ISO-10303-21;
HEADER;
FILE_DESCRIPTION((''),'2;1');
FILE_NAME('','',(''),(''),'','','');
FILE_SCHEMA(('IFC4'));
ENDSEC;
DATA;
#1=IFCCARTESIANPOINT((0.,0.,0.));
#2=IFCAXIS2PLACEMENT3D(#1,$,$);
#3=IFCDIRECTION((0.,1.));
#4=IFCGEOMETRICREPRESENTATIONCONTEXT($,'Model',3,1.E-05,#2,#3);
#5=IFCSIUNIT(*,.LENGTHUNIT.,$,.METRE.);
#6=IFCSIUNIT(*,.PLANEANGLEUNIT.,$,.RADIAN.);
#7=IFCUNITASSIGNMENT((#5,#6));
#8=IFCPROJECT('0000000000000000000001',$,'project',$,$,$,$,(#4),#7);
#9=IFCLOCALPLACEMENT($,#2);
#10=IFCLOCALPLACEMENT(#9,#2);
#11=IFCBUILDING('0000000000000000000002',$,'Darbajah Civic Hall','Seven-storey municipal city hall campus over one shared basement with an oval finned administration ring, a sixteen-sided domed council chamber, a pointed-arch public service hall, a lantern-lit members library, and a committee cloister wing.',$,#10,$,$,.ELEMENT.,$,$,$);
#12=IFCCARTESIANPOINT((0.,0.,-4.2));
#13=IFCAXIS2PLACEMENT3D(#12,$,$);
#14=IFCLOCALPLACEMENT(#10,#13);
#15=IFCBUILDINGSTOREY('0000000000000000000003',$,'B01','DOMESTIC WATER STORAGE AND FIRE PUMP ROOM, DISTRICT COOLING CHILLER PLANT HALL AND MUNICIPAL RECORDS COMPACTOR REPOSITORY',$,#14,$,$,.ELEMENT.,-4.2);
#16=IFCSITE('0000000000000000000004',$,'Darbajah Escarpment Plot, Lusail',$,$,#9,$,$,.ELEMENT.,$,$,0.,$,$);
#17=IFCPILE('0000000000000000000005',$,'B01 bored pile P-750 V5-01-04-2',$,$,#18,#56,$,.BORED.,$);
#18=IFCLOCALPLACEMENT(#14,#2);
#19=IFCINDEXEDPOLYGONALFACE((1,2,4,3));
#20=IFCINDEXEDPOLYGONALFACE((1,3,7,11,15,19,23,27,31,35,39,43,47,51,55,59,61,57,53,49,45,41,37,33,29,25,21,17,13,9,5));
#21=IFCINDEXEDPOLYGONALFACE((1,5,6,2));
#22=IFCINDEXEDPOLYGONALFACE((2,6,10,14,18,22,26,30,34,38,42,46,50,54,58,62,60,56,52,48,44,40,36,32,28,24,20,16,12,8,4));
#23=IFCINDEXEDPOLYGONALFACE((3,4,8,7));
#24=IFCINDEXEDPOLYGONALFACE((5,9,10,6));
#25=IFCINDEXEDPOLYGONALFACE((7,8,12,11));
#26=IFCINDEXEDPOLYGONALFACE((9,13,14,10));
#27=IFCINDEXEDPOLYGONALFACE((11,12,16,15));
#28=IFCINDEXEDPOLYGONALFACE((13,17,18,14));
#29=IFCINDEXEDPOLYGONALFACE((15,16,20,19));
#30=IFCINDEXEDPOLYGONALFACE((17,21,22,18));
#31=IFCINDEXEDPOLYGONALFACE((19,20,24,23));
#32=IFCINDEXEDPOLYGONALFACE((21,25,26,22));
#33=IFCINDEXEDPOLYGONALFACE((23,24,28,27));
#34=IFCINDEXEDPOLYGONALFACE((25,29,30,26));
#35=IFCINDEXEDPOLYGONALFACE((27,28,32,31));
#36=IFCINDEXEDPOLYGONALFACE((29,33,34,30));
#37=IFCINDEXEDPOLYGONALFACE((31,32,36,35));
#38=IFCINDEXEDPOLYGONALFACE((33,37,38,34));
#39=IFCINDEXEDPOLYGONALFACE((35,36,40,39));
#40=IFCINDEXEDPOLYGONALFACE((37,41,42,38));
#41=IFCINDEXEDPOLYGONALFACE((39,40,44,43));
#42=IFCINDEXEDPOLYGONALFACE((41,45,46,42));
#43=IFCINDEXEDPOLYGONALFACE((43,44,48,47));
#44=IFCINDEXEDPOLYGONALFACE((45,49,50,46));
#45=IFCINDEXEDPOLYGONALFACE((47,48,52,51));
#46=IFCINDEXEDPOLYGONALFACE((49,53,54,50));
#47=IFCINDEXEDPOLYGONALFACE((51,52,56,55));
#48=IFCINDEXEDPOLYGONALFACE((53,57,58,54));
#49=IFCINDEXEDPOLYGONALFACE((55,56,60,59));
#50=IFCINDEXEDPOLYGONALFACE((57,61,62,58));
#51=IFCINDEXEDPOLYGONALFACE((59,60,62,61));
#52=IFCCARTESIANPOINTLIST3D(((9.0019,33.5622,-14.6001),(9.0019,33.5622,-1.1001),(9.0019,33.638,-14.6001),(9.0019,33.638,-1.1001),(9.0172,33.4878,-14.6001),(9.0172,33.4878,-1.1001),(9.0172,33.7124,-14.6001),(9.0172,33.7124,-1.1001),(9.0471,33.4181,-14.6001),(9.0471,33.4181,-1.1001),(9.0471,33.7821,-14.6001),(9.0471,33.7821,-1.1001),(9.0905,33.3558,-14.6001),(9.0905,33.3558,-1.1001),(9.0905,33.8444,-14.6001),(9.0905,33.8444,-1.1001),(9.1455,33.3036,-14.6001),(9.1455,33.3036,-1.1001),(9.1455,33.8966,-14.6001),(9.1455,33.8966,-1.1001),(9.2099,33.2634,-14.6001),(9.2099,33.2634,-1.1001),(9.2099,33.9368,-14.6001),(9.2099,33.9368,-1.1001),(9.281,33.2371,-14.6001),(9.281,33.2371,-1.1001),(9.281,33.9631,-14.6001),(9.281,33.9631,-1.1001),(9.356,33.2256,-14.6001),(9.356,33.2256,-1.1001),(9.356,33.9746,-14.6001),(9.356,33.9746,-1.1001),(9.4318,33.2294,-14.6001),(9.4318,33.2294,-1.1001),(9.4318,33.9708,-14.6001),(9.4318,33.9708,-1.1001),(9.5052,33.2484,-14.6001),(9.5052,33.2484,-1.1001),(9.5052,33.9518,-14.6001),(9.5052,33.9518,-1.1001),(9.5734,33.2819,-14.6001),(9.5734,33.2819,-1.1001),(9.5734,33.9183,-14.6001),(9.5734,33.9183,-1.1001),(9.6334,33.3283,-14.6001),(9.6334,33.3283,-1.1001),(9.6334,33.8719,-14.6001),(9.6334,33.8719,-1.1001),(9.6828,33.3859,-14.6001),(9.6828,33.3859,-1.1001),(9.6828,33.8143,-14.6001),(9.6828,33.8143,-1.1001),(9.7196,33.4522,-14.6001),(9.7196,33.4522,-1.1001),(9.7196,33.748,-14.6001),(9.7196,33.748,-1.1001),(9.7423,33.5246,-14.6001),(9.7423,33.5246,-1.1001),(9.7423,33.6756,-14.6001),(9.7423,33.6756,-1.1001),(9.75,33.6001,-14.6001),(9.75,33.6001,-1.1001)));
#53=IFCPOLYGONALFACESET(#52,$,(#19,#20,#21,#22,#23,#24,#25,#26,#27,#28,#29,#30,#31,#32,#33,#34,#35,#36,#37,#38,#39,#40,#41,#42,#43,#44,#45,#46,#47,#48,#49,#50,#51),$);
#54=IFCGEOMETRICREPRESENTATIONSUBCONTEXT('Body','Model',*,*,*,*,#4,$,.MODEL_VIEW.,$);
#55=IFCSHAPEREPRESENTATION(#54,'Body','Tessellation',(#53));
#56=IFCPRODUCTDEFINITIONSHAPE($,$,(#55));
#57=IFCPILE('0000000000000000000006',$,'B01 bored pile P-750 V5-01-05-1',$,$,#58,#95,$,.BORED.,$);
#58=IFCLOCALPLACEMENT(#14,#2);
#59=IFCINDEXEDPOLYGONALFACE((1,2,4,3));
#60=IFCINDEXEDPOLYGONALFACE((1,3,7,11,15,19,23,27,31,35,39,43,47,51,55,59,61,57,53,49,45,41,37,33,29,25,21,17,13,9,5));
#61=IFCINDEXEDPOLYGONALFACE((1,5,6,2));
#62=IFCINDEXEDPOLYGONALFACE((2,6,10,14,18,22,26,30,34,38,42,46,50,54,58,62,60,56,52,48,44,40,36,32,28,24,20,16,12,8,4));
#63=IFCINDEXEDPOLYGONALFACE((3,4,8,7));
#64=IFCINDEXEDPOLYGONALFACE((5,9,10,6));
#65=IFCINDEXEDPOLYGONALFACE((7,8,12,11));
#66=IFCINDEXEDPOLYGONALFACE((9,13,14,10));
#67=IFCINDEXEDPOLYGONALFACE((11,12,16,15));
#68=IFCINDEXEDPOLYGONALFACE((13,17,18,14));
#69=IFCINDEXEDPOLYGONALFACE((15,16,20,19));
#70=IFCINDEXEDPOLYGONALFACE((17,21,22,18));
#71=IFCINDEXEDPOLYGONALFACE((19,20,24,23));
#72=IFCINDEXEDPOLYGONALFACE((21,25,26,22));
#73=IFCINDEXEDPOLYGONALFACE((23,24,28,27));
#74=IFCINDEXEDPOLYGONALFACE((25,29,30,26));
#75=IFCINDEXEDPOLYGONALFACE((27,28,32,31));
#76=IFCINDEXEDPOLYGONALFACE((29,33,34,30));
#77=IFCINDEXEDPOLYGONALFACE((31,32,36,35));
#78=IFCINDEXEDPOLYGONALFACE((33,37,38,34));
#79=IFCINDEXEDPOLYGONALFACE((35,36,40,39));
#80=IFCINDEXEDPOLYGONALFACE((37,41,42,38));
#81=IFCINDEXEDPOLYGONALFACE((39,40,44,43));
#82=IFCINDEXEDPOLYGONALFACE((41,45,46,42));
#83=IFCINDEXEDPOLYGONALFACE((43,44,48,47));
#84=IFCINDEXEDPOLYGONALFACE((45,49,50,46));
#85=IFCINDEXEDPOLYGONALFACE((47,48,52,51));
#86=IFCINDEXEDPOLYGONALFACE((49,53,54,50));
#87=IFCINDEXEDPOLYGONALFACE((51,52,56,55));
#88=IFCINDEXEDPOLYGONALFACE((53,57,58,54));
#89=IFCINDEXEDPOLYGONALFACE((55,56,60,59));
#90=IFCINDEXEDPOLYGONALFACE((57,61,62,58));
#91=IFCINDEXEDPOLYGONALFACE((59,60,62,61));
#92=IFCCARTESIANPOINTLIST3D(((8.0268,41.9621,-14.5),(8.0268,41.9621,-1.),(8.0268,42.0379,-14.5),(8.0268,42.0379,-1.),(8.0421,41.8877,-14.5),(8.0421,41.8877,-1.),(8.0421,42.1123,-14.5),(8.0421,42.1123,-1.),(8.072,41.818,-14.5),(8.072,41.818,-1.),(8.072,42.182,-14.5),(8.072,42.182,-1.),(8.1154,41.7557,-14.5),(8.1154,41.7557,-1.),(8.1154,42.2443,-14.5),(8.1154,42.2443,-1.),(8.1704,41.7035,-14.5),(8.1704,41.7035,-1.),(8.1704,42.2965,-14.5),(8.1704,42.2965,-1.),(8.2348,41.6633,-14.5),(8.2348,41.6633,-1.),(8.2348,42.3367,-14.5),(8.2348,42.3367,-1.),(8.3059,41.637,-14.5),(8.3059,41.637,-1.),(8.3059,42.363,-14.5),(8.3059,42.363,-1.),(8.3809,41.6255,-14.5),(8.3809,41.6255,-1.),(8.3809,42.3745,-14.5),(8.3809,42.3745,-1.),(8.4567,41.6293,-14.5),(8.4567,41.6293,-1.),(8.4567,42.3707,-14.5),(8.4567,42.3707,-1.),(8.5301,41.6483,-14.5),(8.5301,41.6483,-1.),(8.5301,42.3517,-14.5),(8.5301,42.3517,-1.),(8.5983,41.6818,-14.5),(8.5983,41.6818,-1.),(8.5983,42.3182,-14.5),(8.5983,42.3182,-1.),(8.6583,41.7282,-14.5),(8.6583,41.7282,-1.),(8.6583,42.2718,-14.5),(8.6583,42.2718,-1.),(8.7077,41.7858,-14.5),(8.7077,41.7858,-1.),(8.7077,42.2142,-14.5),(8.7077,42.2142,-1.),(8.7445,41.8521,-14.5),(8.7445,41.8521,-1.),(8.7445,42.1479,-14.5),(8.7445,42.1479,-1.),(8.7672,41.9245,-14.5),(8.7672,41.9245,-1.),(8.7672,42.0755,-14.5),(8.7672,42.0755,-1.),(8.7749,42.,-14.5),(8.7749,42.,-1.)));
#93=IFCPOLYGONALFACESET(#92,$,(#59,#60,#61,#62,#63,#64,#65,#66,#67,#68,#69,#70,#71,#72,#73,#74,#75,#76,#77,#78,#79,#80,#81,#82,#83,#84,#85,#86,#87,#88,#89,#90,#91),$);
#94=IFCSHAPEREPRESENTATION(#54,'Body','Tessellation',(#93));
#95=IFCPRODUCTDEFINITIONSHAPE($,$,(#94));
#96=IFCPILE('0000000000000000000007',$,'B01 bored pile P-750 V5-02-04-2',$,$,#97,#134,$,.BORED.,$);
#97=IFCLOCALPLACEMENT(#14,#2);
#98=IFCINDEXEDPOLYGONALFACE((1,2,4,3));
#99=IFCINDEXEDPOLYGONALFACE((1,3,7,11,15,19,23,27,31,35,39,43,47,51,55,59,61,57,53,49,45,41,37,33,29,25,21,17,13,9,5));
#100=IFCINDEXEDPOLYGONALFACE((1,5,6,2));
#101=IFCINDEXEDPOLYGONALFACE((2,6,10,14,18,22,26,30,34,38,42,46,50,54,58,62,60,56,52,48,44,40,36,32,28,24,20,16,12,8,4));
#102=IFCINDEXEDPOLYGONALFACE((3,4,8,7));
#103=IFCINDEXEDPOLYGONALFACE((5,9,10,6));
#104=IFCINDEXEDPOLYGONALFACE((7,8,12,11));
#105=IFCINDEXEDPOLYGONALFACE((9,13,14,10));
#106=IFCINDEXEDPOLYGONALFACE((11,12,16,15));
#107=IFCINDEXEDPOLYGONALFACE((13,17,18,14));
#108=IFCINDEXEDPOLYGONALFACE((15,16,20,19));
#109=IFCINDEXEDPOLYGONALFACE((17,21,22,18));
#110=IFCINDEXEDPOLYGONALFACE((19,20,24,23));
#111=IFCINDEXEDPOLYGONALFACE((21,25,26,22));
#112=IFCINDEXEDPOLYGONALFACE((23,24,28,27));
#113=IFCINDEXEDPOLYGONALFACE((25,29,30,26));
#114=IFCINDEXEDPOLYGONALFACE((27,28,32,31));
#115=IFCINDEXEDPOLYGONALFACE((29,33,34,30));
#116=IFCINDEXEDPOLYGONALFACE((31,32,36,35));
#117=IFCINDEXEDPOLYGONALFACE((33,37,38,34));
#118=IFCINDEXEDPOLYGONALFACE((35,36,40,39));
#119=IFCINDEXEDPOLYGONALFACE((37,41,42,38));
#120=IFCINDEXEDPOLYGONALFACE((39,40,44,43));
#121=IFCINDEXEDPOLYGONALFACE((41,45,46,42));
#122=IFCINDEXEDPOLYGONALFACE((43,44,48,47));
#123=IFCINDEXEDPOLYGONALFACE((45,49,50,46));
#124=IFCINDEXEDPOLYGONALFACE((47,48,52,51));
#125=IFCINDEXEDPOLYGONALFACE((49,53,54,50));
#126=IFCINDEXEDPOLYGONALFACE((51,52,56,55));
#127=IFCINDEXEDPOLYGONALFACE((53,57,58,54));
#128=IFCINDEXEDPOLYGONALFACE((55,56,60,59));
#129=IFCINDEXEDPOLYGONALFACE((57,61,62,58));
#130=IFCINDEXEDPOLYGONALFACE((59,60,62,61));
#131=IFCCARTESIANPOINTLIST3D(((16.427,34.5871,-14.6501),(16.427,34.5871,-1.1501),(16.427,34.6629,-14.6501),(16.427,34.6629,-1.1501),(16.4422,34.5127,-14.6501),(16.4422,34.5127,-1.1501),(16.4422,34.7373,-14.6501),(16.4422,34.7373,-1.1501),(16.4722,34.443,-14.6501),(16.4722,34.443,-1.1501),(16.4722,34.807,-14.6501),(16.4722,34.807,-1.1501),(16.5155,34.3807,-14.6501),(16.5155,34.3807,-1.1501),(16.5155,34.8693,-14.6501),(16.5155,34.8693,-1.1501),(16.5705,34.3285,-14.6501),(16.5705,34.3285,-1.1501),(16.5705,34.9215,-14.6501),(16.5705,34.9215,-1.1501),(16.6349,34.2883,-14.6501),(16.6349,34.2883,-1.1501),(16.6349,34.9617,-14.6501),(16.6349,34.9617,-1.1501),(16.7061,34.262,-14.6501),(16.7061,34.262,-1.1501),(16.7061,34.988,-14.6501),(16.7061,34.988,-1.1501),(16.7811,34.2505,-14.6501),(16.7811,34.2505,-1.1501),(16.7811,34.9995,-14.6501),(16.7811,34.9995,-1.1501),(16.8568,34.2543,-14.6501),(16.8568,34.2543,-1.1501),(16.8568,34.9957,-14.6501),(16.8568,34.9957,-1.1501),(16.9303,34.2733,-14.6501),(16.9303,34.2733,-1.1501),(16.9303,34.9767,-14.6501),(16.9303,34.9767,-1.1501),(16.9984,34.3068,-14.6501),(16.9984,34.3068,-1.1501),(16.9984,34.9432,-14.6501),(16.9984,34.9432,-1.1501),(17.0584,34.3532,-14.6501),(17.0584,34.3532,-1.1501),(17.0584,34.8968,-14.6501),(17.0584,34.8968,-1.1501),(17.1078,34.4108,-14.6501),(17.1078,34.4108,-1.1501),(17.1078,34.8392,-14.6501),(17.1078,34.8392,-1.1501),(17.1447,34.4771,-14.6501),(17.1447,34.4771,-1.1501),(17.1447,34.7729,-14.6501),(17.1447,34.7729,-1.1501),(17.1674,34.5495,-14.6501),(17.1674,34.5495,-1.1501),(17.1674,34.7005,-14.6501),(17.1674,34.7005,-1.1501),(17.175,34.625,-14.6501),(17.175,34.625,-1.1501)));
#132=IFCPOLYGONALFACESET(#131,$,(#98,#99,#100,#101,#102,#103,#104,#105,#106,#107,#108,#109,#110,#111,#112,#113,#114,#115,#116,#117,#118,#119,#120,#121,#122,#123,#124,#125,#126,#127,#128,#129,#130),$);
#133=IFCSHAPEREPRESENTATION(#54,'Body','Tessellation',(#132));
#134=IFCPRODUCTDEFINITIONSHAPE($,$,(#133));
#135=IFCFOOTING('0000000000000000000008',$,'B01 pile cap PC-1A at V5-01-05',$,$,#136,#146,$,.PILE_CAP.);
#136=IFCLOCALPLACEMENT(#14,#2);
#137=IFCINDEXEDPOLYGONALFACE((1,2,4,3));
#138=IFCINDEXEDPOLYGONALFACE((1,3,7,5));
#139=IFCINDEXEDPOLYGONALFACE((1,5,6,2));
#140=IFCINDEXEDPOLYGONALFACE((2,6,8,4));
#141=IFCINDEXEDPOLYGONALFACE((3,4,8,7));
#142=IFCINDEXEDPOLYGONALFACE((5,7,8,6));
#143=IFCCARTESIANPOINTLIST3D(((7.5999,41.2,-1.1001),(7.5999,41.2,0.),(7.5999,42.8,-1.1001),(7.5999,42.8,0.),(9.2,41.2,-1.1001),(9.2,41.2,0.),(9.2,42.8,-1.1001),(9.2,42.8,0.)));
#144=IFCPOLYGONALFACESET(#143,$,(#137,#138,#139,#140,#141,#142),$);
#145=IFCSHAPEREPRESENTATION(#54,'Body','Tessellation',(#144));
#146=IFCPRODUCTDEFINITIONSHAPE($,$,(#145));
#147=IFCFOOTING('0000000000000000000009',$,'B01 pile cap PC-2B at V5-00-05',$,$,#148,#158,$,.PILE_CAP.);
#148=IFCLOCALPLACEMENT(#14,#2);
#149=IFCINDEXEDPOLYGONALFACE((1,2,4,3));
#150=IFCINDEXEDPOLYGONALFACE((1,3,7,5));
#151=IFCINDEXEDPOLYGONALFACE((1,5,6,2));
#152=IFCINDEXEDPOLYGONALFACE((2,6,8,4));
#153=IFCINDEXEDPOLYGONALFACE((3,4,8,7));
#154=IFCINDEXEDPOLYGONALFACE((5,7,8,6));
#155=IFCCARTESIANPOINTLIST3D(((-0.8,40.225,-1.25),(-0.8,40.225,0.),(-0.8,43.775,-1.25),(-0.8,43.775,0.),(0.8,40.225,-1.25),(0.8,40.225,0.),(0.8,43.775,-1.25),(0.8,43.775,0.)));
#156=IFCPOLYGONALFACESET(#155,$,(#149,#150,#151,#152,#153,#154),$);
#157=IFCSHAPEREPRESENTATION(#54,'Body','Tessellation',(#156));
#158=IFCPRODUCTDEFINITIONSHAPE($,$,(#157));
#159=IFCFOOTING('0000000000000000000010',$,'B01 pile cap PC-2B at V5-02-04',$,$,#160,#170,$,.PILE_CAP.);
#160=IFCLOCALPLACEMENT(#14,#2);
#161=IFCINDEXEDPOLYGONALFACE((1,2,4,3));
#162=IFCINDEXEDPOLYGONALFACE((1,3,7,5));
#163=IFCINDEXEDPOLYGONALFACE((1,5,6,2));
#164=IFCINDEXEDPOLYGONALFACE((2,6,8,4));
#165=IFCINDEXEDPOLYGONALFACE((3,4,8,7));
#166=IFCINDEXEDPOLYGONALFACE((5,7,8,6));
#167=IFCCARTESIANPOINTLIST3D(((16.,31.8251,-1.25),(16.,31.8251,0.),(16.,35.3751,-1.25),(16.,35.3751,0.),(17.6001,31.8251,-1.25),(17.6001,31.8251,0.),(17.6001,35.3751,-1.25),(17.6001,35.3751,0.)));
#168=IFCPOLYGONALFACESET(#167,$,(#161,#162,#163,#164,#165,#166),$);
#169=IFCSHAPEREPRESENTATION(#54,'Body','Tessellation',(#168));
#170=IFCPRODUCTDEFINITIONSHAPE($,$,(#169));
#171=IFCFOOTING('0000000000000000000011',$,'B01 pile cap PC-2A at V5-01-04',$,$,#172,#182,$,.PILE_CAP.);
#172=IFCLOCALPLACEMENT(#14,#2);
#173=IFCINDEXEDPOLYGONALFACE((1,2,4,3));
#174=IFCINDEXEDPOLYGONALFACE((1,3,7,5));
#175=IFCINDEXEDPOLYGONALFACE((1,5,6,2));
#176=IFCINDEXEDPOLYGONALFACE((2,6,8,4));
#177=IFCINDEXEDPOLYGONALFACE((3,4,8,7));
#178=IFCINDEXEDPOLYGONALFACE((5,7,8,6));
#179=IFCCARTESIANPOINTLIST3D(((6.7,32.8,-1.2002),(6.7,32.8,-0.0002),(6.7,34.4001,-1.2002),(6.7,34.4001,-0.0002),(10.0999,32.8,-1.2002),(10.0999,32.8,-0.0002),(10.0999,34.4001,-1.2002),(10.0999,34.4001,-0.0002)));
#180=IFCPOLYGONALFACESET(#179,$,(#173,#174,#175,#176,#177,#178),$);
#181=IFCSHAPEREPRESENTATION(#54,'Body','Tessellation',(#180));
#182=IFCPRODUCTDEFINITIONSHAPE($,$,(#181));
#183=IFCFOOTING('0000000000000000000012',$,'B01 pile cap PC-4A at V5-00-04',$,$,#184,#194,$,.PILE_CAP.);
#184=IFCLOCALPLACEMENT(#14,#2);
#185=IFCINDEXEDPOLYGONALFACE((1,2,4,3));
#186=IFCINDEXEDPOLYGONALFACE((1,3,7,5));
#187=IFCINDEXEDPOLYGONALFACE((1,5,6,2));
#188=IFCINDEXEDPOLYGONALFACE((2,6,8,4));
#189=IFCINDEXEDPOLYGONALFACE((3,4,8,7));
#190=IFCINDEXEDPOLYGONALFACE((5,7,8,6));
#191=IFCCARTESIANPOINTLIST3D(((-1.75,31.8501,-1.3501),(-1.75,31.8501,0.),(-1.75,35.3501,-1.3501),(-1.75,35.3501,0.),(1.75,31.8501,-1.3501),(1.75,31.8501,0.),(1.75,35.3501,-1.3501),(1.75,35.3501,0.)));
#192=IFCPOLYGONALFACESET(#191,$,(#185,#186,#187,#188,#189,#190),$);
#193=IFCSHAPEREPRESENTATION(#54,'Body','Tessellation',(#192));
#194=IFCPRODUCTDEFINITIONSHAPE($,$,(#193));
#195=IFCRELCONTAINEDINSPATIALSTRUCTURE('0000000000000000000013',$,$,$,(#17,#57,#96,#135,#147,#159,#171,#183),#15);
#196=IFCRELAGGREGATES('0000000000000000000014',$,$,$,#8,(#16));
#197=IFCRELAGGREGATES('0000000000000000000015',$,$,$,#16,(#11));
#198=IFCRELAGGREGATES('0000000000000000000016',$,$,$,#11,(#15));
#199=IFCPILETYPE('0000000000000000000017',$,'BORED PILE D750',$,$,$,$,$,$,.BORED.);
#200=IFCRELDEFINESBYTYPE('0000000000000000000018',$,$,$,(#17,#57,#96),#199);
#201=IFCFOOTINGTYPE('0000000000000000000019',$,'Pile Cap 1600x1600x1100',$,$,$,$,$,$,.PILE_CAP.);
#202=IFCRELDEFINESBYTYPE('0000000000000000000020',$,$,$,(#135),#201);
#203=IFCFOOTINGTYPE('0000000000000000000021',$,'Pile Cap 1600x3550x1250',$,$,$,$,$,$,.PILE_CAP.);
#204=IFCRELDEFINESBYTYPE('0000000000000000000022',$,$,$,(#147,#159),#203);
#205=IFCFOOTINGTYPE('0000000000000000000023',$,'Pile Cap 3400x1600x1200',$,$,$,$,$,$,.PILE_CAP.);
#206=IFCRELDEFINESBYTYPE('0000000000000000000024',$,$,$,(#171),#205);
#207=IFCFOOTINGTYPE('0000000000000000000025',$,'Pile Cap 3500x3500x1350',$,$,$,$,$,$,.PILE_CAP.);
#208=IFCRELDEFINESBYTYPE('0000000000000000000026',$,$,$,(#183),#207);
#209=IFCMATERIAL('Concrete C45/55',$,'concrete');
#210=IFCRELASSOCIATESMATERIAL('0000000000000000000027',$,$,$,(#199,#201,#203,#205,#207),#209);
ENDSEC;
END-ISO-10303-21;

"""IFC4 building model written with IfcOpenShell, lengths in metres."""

from ifc_helpers import new_model, si_unit, direction, frame, origin, origin_2d, place, context, subcontext, project, spatial, rectangle, circle, extrude, material, material_profile, profile_set, type_object, element, save


model = new_model("IFC4")

# Units and contexts
model_context = context("Model", 3, precision=1e-05, world=origin(), true_north=direction((0.0, 1.0)))
body_context = subcontext(model_context, "Body", "Model", "MODEL_VIEW")
ifc_project = project(units=[si_unit("LENGTHUNIT", "METRE"), si_unit("PLANEANGLEUNIT", "RADIAN")], contexts=[model_context])

# Site, building, storey
site_placement = place(None, origin())
site = spatial("IfcSite", under=ifc_project, at=site_placement, Name="Darbajah Escarpment Plot, Lusail", CompositionType="ELEMENT", RefElevation=0.0)
building_placement = place(site_placement, origin())
building = spatial("IfcBuilding", under=site, at=building_placement, Name="Darbajah Civic Hall", Description="Seven-storey municipal city hall campus over one shared basement with an oval finned administration ring, a sixteen-sided domed council chamber, a pointed-arch public service hall, a lantern-lit members library, and a committee cloister wing.", CompositionType="ELEMENT")
storey_placement = place(building_placement, frame((0.0, 0.0, -4.2)))
storey = spatial("IfcBuildingStorey", under=building, at=storey_placement, Name="B01", Description="DOMESTIC WATER STORAGE AND FIRE PUMP ROOM, DISTRICT COOLING CHILLER PLANT HALL AND MUNICIPAL RECORDS COMPACTOR REPOSITORY", CompositionType="ELEMENT", Elevation=-4.2)

# Piles
ifc_material_1 = material(Name="Concrete C45/55", Category="concrete")
ifc_material_profile_1 = material_profile(ifc_material_1, circle(Radius=0.375, at=origin_2d()), Name="BORED PILE D750")
ifc_profile_set_1 = profile_set([ifc_material_profile_1], Name="Concrete C45/55")
pile_type_1 = type_object("IfcPileType", Name="BORED PILE D750", PredefinedType="BORED", material=ifc_profile_set_1)
for number, where, z_axis, x_axis, name in (
    (1, (9.375, 33.6001, -1.1001), (0.0, 0.0, -1.0), (1.0, 0.0, 0.0), "B01 bored pile P-750 V5-01-04-2"),
    (2, (8.3999, 42.0, -1.0), (0.0, 0.0, -1.0), (1.0, 0.0, 0.0), "B01 bored pile P-750 V5-01-05-1"),
    (3, (16.8, 34.625, -1.1501), (0.0, 0.0, -1.0), (1.0, 0.0, 0.0), "B01 bored pile P-750 V5-02-04-2"),
):
    element("IfcPile", number, at=place(storey_placement, frame(where, z_axis=z_axis, x_axis=x_axis)), inside=storey, type_object=pile_type_1, Name=name, PredefinedType="BORED", context=body_context, shape_type="SweptSolid", body=[
        extrude(circle(Radius=0.375, at=origin_2d()), origin(), (0.0, 0.0, 1.0), 13.5),
    ])

# Footings
footing_type_1 = type_object("IfcFootingType", Name="Pile Cap 1600x1600x1100", PredefinedType="PILE_CAP", material=ifc_material_1)
footing_1_placement = place(storey_placement, frame((8.3999, 42.0, -1.1001), z_axis=(0.0, 0.0, 1.0), x_axis=(1.0, 0.0, 0.0)))
element("IfcFooting", 4, at=footing_1_placement, inside=storey, type_object=footing_type_1, Name="B01 pile cap PC-1A at V5-01-05", PredefinedType="PILE_CAP", context=body_context, shape_type="SweptSolid", body=[
    extrude(rectangle(XDim=1.6001, YDim=1.6001, at=origin_2d()), origin(), (0.0, 0.0, 1.0), 1.1001),
])
footing_type_2 = type_object("IfcFootingType", Name="Pile Cap 1600x3550x1250", PredefinedType="PILE_CAP", material=ifc_material_1)
for number, where, z_axis, x_axis, name in (
    (5, (0.0, 42.0, -1.25), (0.0, 0.0, 1.0), (1.0, 0.0, 0.0), "B01 pile cap PC-2B at V5-00-05"),
    (6, (16.8, 33.6001, -1.25), (0.0, 0.0, 1.0), (1.0, 0.0, 0.0), "B01 pile cap PC-2B at V5-02-04"),
):
    element("IfcFooting", number, at=place(storey_placement, frame(where, z_axis=z_axis, x_axis=x_axis)), inside=storey, type_object=footing_type_2, Name=name, PredefinedType="PILE_CAP", context=body_context, shape_type="SweptSolid", body=[
        extrude(rectangle(XDim=1.6001, YDim=3.55, at=origin_2d()), origin(), (0.0, 0.0, 1.0), 1.25),
    ])
footing_type_3 = type_object("IfcFootingType", Name="Pile Cap 3400x1600x1200", PredefinedType="PILE_CAP", material=ifc_material_1)
footing_2_placement = place(storey_placement, frame((8.3999, 33.6001, -1.2002), z_axis=(0.0, 0.0, 1.0), x_axis=(1.0, 0.0, 0.0)))
element("IfcFooting", 7, at=footing_2_placement, inside=storey, type_object=footing_type_3, Name="B01 pile cap PC-2A at V5-01-04", PredefinedType="PILE_CAP", context=body_context, shape_type="SweptSolid", body=[
    extrude(rectangle(XDim=3.3999, YDim=1.6001, at=origin_2d()), origin(), (0.0, 0.0, 1.0), 1.2),
])
footing_type_4 = type_object("IfcFootingType", Name="Pile Cap 3500x3500x1350", PredefinedType="PILE_CAP", material=ifc_material_1)
footing_3_placement = place(storey_placement, frame((0.0, 33.6001, -1.3501), z_axis=(0.0, 0.0, 1.0), x_axis=(1.0, 0.0, 0.0)))
element("IfcFooting", 8, at=footing_3_placement, inside=storey, type_object=footing_type_4, Name="B01 pile cap PC-4A at V5-00-04", PredefinedType="PILE_CAP", context=body_context, shape_type="SweptSolid", body=[
    extrude(rectangle(XDim=3.5, YDim=3.5, at=origin_2d()), origin(), (0.0, 0.0, 1.0), 1.3501),
])

save(model, "model.ifc")
